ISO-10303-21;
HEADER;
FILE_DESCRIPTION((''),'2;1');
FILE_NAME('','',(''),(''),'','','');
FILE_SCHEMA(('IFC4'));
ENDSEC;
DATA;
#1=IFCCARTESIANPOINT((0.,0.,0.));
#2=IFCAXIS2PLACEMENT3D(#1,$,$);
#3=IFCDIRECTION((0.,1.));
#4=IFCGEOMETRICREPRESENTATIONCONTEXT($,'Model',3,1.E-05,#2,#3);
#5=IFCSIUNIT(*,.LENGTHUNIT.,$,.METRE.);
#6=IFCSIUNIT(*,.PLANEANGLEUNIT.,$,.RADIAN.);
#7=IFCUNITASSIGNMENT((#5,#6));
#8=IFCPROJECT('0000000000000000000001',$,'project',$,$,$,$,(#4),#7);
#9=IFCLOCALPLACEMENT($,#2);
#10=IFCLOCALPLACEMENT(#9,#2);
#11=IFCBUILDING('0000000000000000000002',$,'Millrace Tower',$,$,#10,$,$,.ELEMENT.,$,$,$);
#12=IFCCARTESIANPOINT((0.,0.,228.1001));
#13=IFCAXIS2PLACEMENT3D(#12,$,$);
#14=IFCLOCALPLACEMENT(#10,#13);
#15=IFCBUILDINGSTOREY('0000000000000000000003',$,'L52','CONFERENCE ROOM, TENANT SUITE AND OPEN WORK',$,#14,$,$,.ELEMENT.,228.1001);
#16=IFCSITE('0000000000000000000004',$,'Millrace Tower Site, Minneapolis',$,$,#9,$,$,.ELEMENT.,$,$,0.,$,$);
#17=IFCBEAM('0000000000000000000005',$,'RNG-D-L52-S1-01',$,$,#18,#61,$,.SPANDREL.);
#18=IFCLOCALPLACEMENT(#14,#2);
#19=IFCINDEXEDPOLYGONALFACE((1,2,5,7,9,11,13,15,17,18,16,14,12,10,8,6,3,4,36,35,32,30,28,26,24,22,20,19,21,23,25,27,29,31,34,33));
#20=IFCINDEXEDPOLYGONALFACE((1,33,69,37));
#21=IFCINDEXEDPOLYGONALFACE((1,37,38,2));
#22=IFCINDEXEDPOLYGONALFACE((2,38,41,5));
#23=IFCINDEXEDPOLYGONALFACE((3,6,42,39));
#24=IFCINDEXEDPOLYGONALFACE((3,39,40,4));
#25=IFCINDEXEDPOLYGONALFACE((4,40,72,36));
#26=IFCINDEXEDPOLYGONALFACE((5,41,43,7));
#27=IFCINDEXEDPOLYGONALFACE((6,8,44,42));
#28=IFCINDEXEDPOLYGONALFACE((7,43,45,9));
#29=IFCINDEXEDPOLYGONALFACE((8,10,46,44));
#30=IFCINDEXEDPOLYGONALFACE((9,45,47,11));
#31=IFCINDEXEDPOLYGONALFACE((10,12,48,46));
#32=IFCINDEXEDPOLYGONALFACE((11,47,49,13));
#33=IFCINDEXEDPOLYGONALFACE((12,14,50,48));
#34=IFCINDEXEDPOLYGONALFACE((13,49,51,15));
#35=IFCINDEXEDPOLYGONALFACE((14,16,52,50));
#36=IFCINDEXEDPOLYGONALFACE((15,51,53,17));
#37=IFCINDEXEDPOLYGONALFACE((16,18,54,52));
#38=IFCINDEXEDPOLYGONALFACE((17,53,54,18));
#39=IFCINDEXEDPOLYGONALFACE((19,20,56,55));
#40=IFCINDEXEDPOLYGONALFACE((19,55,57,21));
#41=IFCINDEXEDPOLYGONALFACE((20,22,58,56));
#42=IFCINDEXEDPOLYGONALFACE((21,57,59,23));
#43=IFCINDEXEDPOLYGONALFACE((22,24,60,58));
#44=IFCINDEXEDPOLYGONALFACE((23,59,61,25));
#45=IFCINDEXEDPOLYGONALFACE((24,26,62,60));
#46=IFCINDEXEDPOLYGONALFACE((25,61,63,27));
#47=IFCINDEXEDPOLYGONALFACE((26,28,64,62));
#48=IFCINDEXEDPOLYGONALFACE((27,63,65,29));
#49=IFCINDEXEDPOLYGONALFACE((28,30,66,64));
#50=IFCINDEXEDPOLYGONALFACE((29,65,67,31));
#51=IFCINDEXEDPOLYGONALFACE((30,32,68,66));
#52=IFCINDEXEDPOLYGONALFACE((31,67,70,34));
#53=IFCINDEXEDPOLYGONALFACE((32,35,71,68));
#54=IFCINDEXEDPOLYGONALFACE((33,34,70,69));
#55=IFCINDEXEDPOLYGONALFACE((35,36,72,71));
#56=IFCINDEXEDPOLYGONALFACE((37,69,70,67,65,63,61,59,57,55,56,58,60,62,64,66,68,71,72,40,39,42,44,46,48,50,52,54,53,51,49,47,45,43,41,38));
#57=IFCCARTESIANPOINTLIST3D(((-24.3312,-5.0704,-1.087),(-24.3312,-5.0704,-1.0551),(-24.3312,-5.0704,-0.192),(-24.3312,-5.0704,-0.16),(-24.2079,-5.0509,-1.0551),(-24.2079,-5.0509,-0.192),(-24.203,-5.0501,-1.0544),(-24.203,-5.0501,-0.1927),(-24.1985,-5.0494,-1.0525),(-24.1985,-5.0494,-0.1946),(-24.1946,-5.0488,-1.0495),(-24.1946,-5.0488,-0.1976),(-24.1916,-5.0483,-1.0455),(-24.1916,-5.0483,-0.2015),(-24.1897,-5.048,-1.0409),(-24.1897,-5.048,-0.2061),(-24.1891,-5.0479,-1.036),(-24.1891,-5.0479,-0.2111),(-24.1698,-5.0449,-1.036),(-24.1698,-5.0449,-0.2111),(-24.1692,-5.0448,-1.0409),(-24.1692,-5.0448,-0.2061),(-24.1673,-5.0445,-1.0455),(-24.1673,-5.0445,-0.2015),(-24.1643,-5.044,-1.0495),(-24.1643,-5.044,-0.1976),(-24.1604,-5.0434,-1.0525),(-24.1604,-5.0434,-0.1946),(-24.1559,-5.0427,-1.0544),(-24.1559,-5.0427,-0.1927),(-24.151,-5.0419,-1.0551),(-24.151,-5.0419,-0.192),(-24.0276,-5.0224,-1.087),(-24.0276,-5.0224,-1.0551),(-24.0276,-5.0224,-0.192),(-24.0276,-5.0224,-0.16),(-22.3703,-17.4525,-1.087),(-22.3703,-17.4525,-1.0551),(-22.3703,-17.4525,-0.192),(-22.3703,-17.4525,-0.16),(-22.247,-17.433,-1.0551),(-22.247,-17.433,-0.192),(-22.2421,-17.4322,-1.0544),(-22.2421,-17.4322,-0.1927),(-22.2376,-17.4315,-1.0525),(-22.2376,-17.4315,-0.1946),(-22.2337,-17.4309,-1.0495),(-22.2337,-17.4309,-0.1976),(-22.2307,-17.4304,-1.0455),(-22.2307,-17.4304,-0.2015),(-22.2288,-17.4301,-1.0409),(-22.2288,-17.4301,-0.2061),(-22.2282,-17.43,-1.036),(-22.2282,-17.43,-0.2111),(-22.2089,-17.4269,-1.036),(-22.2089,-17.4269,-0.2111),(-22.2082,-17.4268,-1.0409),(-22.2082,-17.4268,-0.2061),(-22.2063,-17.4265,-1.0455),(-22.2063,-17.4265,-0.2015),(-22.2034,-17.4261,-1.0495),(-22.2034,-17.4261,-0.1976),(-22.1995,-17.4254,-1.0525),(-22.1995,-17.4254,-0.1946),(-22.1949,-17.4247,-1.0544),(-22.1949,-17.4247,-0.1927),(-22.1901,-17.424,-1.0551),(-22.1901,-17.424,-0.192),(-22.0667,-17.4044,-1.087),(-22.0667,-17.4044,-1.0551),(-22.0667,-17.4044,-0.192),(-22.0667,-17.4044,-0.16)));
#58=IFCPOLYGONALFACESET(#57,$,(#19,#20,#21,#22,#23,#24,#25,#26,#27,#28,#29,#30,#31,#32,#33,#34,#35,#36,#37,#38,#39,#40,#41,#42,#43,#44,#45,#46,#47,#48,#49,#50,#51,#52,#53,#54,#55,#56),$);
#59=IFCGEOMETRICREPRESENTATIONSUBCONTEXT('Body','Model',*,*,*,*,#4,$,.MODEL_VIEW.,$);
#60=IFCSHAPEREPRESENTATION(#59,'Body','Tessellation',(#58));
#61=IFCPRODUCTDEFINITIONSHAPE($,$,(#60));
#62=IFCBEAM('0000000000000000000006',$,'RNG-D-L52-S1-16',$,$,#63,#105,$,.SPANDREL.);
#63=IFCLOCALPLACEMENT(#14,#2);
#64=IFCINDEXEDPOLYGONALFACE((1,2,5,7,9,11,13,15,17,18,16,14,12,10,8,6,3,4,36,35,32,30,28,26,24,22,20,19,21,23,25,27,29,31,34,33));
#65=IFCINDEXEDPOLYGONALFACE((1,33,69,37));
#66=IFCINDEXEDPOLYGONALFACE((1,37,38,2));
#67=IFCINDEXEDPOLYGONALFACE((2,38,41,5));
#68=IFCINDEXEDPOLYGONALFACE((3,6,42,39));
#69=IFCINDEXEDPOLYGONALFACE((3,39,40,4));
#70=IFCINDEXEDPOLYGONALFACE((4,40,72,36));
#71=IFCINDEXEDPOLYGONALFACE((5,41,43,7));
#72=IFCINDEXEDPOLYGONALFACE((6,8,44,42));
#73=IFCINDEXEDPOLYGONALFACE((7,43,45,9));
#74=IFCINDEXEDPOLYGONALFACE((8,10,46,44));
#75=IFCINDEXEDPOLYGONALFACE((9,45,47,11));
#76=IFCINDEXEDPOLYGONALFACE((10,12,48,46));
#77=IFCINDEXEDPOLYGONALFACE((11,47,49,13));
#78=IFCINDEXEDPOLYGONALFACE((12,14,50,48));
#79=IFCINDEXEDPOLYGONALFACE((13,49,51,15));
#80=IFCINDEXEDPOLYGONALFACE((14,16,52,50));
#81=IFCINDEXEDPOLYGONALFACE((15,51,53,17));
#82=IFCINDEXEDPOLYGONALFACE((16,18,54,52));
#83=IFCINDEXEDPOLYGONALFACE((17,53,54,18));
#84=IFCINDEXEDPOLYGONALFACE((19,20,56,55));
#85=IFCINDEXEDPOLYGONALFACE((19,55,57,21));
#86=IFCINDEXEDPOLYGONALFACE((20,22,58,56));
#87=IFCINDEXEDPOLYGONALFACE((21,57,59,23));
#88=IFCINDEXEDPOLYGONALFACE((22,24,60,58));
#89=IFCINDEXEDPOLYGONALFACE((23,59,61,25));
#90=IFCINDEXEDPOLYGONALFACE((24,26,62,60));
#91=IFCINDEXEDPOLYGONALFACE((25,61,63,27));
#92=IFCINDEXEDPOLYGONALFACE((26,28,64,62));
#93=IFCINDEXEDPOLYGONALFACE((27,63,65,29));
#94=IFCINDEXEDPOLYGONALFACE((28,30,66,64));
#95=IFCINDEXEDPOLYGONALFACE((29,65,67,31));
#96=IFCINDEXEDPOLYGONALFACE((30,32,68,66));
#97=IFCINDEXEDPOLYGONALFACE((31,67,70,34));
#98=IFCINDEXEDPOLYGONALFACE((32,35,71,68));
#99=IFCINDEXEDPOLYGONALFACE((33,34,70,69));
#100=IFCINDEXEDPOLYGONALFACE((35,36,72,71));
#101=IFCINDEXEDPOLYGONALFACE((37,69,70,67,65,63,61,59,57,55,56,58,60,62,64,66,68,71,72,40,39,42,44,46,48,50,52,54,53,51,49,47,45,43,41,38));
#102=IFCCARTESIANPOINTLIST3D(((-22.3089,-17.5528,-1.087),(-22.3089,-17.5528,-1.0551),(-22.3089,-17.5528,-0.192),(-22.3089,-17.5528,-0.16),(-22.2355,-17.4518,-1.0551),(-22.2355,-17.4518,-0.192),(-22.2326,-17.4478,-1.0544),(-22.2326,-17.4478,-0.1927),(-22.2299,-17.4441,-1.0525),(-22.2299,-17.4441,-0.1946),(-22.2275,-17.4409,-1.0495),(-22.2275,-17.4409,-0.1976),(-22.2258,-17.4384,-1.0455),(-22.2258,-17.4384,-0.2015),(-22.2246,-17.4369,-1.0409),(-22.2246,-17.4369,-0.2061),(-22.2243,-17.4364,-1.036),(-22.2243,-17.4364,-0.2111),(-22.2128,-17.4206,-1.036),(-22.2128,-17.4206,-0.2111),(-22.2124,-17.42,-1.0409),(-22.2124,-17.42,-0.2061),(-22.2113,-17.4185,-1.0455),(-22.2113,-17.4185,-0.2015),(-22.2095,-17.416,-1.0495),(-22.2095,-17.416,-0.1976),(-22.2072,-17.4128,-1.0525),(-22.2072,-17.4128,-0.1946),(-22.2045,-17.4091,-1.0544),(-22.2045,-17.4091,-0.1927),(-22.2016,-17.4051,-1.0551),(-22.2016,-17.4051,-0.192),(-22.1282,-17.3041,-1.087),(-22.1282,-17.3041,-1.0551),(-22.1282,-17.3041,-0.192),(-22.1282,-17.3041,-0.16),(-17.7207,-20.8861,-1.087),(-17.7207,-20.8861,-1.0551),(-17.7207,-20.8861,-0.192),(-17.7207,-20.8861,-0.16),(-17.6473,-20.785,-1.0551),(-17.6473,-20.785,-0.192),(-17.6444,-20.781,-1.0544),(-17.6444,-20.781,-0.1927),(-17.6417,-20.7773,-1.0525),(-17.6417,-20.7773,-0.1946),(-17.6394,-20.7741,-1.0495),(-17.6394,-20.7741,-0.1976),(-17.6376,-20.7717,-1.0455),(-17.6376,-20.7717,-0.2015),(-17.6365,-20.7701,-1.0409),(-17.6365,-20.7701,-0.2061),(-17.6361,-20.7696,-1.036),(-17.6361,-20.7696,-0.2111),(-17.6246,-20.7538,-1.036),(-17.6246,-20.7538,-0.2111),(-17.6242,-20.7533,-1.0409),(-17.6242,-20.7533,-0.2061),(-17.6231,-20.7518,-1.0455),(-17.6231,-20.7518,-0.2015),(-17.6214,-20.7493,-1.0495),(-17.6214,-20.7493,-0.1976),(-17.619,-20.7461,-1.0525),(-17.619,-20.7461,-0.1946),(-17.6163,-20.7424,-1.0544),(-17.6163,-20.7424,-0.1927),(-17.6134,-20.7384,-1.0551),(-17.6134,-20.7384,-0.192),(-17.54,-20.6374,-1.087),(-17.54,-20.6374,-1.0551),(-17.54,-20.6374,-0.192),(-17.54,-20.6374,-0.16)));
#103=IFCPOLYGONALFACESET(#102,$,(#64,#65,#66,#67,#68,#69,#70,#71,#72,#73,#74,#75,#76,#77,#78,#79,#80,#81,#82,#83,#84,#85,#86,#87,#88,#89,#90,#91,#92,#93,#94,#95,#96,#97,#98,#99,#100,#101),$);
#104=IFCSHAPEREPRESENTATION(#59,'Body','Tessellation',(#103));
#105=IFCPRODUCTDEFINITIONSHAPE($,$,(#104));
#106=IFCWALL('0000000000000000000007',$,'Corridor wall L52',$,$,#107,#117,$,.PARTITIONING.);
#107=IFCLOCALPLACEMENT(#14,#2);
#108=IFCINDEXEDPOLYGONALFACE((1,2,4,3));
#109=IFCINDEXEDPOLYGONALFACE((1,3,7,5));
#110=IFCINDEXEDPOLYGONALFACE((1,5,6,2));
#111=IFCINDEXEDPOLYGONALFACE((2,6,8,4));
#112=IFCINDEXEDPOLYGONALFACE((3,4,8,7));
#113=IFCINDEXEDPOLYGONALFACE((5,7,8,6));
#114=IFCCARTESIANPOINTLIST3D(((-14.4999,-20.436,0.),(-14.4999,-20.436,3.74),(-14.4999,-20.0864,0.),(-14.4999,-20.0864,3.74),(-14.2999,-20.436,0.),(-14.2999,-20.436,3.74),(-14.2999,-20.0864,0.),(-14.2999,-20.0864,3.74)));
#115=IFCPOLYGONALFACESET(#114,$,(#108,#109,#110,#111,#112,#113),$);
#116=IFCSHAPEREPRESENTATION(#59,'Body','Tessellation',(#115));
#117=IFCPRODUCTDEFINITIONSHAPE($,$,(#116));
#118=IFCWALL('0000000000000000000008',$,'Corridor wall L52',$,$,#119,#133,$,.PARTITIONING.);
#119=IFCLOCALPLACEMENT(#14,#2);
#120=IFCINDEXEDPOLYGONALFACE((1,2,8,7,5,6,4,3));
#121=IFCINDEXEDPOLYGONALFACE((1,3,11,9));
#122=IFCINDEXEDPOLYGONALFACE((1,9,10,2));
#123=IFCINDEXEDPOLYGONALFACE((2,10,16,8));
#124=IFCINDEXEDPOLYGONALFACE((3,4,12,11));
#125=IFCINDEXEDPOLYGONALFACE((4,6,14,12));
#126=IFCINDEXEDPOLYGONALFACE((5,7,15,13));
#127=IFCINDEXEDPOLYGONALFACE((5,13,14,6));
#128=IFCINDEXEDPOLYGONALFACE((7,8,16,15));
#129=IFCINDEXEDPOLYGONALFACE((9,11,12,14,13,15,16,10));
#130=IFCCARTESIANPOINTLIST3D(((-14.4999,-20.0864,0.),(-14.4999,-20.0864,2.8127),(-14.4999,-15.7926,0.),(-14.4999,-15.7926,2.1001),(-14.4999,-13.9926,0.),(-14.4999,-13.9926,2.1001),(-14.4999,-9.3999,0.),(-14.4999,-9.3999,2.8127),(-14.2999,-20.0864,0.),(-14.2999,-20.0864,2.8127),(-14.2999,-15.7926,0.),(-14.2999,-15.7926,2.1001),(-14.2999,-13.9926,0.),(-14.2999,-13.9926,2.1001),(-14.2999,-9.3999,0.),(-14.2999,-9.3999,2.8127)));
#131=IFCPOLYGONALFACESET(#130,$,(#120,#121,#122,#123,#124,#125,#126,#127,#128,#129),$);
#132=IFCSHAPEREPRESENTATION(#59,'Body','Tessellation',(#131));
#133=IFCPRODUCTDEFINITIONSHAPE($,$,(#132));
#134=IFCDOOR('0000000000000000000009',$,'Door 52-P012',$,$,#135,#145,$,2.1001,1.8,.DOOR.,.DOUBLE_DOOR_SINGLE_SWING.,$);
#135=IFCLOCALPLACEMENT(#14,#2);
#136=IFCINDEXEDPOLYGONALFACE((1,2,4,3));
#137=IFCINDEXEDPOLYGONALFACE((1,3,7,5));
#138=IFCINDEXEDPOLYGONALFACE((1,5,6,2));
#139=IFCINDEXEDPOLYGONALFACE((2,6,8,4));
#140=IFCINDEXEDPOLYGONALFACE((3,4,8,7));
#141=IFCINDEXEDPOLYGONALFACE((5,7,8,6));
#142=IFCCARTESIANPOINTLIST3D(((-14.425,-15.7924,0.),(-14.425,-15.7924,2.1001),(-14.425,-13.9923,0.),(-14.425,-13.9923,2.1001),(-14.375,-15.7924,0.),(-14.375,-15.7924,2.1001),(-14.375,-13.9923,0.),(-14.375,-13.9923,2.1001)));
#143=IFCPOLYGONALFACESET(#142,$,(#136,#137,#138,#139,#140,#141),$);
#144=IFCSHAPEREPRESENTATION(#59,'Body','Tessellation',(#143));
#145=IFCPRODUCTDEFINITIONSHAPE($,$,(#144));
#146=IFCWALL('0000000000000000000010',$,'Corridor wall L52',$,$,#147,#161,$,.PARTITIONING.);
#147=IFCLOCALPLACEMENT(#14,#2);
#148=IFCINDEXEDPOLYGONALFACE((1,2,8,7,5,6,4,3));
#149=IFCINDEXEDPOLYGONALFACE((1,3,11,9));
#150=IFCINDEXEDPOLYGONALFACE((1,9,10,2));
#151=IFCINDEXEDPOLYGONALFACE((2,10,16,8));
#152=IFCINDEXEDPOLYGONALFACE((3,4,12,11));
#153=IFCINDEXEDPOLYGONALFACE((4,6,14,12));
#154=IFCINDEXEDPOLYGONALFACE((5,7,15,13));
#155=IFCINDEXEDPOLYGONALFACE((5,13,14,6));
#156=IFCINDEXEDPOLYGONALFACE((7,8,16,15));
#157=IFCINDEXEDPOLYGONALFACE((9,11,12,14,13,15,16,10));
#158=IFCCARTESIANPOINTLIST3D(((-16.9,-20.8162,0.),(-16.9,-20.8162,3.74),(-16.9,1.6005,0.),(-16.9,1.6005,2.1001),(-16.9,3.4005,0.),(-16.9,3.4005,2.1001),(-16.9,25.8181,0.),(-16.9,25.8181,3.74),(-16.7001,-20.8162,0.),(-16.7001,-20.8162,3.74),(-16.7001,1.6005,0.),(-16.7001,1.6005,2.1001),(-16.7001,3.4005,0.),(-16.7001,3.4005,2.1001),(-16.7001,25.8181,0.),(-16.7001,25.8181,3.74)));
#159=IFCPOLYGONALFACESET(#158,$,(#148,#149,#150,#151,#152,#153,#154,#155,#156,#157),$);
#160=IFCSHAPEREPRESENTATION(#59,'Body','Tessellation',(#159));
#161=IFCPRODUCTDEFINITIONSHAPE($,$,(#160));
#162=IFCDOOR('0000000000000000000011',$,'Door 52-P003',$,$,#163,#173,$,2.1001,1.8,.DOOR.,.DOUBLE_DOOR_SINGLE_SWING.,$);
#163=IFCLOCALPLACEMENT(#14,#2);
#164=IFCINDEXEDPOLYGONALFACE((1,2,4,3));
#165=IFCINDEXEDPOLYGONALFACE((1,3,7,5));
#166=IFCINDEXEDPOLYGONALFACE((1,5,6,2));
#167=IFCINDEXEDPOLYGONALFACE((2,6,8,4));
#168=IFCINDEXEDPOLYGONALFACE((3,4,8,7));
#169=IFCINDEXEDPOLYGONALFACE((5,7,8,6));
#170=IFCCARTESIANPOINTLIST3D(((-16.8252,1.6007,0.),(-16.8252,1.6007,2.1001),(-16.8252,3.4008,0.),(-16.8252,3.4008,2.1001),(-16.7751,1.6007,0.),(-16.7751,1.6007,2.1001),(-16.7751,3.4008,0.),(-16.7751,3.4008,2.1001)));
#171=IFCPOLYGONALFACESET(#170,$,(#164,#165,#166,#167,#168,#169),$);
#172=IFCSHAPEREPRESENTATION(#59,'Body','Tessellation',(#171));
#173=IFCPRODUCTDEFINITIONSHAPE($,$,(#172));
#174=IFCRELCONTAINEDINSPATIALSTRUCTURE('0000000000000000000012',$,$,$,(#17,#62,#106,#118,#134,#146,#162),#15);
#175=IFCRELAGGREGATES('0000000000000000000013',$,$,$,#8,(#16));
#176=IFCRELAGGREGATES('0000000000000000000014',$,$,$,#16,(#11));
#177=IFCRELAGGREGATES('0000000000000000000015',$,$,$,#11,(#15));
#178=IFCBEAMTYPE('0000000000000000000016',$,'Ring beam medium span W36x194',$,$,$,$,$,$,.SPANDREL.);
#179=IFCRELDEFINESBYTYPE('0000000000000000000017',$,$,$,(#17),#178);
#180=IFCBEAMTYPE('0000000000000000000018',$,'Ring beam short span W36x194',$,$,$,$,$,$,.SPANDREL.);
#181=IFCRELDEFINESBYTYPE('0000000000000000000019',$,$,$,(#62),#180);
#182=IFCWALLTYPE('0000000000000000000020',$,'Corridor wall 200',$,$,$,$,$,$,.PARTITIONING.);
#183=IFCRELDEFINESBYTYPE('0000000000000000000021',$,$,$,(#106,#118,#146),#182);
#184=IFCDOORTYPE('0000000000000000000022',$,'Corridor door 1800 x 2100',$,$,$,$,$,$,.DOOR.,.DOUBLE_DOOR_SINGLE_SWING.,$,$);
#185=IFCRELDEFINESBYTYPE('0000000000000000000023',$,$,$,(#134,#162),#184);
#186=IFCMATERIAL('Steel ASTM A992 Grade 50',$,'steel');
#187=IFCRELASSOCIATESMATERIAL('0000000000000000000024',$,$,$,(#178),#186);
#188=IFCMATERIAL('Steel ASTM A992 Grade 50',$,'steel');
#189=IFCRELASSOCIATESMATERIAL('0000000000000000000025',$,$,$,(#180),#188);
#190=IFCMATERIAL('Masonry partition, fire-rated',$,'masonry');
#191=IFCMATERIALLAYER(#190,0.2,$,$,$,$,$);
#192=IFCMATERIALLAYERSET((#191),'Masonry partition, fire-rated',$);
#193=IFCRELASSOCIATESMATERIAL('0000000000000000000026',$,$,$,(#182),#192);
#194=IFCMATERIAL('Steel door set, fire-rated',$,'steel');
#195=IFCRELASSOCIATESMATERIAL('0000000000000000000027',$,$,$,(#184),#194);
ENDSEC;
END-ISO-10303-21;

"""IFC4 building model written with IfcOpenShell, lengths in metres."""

from ifc_helpers import new_model, si_unit, direction, frame, frame_2d, origin, origin_2d, place, context, subcontext, project, spatial, rectangle, i_section, extrude, material, layer, layer_set, material_profile, profile_set, type_object, element, fill, save


model = new_model("IFC4")

# Units and contexts
model_context = context("Model", 3, precision=1e-05, world=origin(), true_north=direction((0.0, 1.0)))
body_context = subcontext(model_context, "Body", "Model", "MODEL_VIEW")
ifc_project = project(units=[si_unit("LENGTHUNIT", "METRE"), si_unit("PLANEANGLEUNIT", "RADIAN")], contexts=[model_context])

# Site, building, storey
site_placement = place(None, origin())
site = spatial("IfcSite", under=ifc_project, at=site_placement, Name="Millrace Tower Site, Minneapolis", CompositionType="ELEMENT", RefElevation=0.0)
building_placement = place(site_placement, origin())
building = spatial("IfcBuilding", under=site, at=building_placement, Name="Millrace Tower", CompositionType="ELEMENT")
storey_placement = place(building_placement, frame((0.0, 0.0, 228.1001)))
storey = spatial("IfcBuildingStorey", under=building, at=storey_placement, Name="L52", Description="CONFERENCE ROOM, TENANT SUITE AND OPEN WORK", CompositionType="ELEMENT", Elevation=228.1001)

# Beams
ifc_material_1 = material(Name="Steel ASTM A992 Grade 50", Category="steel")
ifc_material_profile_1 = material_profile(ifc_material_1, i_section(OverallWidth=0.3074, OverallDepth=0.927, WebThickness=0.0195, FlangeThickness=0.032, FilletRadius=0.019, at=origin_2d()))
ifc_profile_set_1 = profile_set([ifc_material_profile_1], Name="Steel ASTM A992 Grade 50")
beam_type_1 = type_object("IfcBeamType", Name="Ring beam medium span W36x194", PredefinedType="SPANDREL", material=ifc_profile_set_1)
beam_1_placement = place(storey_placement, frame((-22.2185, -17.4285, -0.6235), z_axis=(-0.15642, 0.987691, 0.0), x_axis=(-0.987691, -0.15642, 0.0)))
element("IfcBeam", 1, at=beam_1_placement, inside=storey, type_object=beam_type_1, Name="RNG-D-L52-S1-01", PredefinedType="SPANDREL", context=body_context, shape_type="SweptSolid", body=[
    extrude(i_section(OverallWidth=0.3074, OverallDepth=0.927, WebThickness=0.0195, FlangeThickness=0.032, FilletRadius=0.019, at=origin_2d()), origin(), (0.0, 0.0, 1.0), 12.5364),
])
ifc_material_2 = material(Name="Steel ASTM A992 Grade 50", Category="steel")
ifc_material_profile_2 = material_profile(ifc_material_2, i_section(OverallWidth=0.3074, OverallDepth=0.927, WebThickness=0.0195, FlangeThickness=0.032, FilletRadius=0.019, at=origin_2d()))
ifc_profile_set_2 = profile_set([ifc_material_profile_2], Name="Steel ASTM A992 Grade 50")
beam_type_2 = type_object("IfcBeamType", Name="Ring beam short span W36x194", PredefinedType="SPANDREL", material=ifc_profile_set_2)
beam_2_placement = place(storey_placement, frame((-17.6304, -20.7617, -0.6235), z_axis=(-0.809036, 0.58776, 0.0), x_axis=(-0.58776, -0.809036, 0.0)))
element("IfcBeam", 2, at=beam_2_placement, inside=storey, type_object=beam_type_2, Name="RNG-D-L52-S1-16", PredefinedType="SPANDREL", context=body_context, shape_type="SweptSolid", body=[
    extrude(i_section(OverallWidth=0.3074, OverallDepth=0.927, WebThickness=0.0195, FlangeThickness=0.032, FilletRadius=0.019, at=origin_2d()), origin(), (0.0, 0.0, 1.0), 5.6711),
])

# Wall
ifc_material_3 = material(Name="Masonry partition, fire-rated", Category="masonry")
ifc_layer_1 = layer(ifc_material_3, 0.2)
ifc_layer_set_1 = layer_set([ifc_layer_1], Name="Masonry partition, fire-rated")
wall_type = type_object("IfcWallType", Name="Corridor wall 200", PredefinedType="PARTITIONING", material=ifc_layer_set_1)
wall_1_placement = place(storey_placement, frame((-14.3999, -20.436, 0.0), z_axis=(0.0, 0.0, 1.0), x_axis=(0.0, 1.0, 0.0)))
element("IfcWall", 3, at=wall_1_placement, inside=storey, type_object=wall_type, Name="Corridor wall L52", PredefinedType="PARTITIONING", context=body_context, shape_type="SweptSolid", body=[
    extrude(rectangle(XDim=0.3496, YDim=0.2, at=frame_2d((0.1748, 0.0))), origin(), (0.0, 0.0, 1.0), 3.74),
])

# Walls, openings, doors
wall_2_placement = place(storey_placement, frame((-14.3999, -20.0864, 0.0), z_axis=(0.0, 0.0, 1.0), x_axis=(0.0, 1.0, 0.0)))
wall_2 = element("IfcWall", 4, at=wall_2_placement, inside=storey, type_object=wall_type, Name="Corridor wall L52", PredefinedType="PARTITIONING", context=body_context, shape_type="SweptSolid", body=[
    extrude(rectangle(XDim=10.6865, YDim=0.2, at=frame_2d((5.3433, 0.0))), origin(), (0.0, 0.0, 1.0), 2.8127),
])
opening_1_placement = place(wall_2_placement, frame((4.2939, 0.0, 0.0)))
opening_1 = element("IfcOpeningElement", 5, at=opening_1_placement, cuts=wall_2, PredefinedType="OPENING", context=body_context, shape_type="SweptSolid", body=[
    extrude(rectangle(XDim=1.8, YDim=2.1001, at=frame_2d((0.8999, 1.05))), frame((0.0, 0.1099, 0.0), z_axis=(0.0, -1.0, 0.0), x_axis=(1.0, 0.0, 0.0)), (0.0, 0.0, 1.0), 0.22),
])
ifc_material_4 = material(Name="Steel door set, fire-rated", Category="steel")
door_type = type_object("IfcDoorType", Name="Corridor door 1800 x 2100", OperationType="DOUBLE_DOOR_SINGLE_SWING", PredefinedType="DOOR", material=ifc_material_4)
door_1_placement = place(opening_1_placement, frame((1.8, 0.0, 0.0), z_axis=(0.0, 0.0, 1.0), x_axis=(-1.0, 0.0, 0.0)))
door_1 = element("IfcDoor", 6, at=door_1_placement, inside=storey, type_object=door_type, Name="Door 52-P012", OperationType="DOUBLE_DOOR_SINGLE_SWING", OverallHeight=2.1001, OverallWidth=1.8, PredefinedType="DOOR", context=body_context, shape_type="SweptSolid", body=[
    extrude(rectangle(XDim=1.8, YDim=2.1001, at=frame_2d((0.8999, 1.05))), frame((0.0, 0.0249, 0.0), z_axis=(0.0, -1.0, 0.0), x_axis=(1.0, 0.0, 0.0)), (0.0, 0.0, 1.0), 0.05),
])
fill(opening_1, door_1)
wall_3_placement = place(storey_placement, frame((-16.8, -20.8162, 0.0), z_axis=(0.0, 0.0, 1.0), x_axis=(0.0, 1.0, 0.0)))
wall_3 = element("IfcWall", 7, at=wall_3_placement, inside=storey, type_object=wall_type, Name="Corridor wall L52", PredefinedType="PARTITIONING", context=body_context, shape_type="SweptSolid", body=[
    extrude(rectangle(XDim=46.6343, YDim=0.2, at=frame_2d((23.3171, 0.0))), origin(), (0.0, 0.0, 1.0), 3.74),
])
opening_2_placement = place(wall_3_placement, frame((22.4167, 0.0, 0.0)))
opening_2 = element("IfcOpeningElement", 8, at=opening_2_placement, cuts=wall_3, PredefinedType="OPENING", context=body_context, shape_type="SweptSolid", body=[
    extrude(rectangle(XDim=1.8, YDim=2.1001, at=frame_2d((0.8999, 1.05))), frame((0.0, 0.1099, 0.0), z_axis=(0.0, -1.0, 0.0), x_axis=(1.0, 0.0, 0.0)), (0.0, 0.0, 1.0), 0.22),
])
door_2_placement = place(opening_2_placement, frame((1.8, 0.0, 0.0), z_axis=(0.0, 0.0, 1.0), x_axis=(-1.0, 0.0, 0.0)))
door_2 = element("IfcDoor", 9, at=door_2_placement, inside=storey, type_object=door_type, Name="Door 52-P003", OperationType="DOUBLE_DOOR_SINGLE_SWING", OverallHeight=2.1001, OverallWidth=1.8, PredefinedType="DOOR", context=body_context, shape_type="SweptSolid", body=[
    extrude(rectangle(XDim=1.8, YDim=2.1001, at=frame_2d((0.8999, 1.05))), frame((0.0, 0.0249, 0.0), z_axis=(0.0, -1.0, 0.0), x_axis=(1.0, 0.0, 0.0)), (0.0, 0.0, 1.0), 0.05),
])
fill(opening_2, door_2)

save(model, "model.ifc")
